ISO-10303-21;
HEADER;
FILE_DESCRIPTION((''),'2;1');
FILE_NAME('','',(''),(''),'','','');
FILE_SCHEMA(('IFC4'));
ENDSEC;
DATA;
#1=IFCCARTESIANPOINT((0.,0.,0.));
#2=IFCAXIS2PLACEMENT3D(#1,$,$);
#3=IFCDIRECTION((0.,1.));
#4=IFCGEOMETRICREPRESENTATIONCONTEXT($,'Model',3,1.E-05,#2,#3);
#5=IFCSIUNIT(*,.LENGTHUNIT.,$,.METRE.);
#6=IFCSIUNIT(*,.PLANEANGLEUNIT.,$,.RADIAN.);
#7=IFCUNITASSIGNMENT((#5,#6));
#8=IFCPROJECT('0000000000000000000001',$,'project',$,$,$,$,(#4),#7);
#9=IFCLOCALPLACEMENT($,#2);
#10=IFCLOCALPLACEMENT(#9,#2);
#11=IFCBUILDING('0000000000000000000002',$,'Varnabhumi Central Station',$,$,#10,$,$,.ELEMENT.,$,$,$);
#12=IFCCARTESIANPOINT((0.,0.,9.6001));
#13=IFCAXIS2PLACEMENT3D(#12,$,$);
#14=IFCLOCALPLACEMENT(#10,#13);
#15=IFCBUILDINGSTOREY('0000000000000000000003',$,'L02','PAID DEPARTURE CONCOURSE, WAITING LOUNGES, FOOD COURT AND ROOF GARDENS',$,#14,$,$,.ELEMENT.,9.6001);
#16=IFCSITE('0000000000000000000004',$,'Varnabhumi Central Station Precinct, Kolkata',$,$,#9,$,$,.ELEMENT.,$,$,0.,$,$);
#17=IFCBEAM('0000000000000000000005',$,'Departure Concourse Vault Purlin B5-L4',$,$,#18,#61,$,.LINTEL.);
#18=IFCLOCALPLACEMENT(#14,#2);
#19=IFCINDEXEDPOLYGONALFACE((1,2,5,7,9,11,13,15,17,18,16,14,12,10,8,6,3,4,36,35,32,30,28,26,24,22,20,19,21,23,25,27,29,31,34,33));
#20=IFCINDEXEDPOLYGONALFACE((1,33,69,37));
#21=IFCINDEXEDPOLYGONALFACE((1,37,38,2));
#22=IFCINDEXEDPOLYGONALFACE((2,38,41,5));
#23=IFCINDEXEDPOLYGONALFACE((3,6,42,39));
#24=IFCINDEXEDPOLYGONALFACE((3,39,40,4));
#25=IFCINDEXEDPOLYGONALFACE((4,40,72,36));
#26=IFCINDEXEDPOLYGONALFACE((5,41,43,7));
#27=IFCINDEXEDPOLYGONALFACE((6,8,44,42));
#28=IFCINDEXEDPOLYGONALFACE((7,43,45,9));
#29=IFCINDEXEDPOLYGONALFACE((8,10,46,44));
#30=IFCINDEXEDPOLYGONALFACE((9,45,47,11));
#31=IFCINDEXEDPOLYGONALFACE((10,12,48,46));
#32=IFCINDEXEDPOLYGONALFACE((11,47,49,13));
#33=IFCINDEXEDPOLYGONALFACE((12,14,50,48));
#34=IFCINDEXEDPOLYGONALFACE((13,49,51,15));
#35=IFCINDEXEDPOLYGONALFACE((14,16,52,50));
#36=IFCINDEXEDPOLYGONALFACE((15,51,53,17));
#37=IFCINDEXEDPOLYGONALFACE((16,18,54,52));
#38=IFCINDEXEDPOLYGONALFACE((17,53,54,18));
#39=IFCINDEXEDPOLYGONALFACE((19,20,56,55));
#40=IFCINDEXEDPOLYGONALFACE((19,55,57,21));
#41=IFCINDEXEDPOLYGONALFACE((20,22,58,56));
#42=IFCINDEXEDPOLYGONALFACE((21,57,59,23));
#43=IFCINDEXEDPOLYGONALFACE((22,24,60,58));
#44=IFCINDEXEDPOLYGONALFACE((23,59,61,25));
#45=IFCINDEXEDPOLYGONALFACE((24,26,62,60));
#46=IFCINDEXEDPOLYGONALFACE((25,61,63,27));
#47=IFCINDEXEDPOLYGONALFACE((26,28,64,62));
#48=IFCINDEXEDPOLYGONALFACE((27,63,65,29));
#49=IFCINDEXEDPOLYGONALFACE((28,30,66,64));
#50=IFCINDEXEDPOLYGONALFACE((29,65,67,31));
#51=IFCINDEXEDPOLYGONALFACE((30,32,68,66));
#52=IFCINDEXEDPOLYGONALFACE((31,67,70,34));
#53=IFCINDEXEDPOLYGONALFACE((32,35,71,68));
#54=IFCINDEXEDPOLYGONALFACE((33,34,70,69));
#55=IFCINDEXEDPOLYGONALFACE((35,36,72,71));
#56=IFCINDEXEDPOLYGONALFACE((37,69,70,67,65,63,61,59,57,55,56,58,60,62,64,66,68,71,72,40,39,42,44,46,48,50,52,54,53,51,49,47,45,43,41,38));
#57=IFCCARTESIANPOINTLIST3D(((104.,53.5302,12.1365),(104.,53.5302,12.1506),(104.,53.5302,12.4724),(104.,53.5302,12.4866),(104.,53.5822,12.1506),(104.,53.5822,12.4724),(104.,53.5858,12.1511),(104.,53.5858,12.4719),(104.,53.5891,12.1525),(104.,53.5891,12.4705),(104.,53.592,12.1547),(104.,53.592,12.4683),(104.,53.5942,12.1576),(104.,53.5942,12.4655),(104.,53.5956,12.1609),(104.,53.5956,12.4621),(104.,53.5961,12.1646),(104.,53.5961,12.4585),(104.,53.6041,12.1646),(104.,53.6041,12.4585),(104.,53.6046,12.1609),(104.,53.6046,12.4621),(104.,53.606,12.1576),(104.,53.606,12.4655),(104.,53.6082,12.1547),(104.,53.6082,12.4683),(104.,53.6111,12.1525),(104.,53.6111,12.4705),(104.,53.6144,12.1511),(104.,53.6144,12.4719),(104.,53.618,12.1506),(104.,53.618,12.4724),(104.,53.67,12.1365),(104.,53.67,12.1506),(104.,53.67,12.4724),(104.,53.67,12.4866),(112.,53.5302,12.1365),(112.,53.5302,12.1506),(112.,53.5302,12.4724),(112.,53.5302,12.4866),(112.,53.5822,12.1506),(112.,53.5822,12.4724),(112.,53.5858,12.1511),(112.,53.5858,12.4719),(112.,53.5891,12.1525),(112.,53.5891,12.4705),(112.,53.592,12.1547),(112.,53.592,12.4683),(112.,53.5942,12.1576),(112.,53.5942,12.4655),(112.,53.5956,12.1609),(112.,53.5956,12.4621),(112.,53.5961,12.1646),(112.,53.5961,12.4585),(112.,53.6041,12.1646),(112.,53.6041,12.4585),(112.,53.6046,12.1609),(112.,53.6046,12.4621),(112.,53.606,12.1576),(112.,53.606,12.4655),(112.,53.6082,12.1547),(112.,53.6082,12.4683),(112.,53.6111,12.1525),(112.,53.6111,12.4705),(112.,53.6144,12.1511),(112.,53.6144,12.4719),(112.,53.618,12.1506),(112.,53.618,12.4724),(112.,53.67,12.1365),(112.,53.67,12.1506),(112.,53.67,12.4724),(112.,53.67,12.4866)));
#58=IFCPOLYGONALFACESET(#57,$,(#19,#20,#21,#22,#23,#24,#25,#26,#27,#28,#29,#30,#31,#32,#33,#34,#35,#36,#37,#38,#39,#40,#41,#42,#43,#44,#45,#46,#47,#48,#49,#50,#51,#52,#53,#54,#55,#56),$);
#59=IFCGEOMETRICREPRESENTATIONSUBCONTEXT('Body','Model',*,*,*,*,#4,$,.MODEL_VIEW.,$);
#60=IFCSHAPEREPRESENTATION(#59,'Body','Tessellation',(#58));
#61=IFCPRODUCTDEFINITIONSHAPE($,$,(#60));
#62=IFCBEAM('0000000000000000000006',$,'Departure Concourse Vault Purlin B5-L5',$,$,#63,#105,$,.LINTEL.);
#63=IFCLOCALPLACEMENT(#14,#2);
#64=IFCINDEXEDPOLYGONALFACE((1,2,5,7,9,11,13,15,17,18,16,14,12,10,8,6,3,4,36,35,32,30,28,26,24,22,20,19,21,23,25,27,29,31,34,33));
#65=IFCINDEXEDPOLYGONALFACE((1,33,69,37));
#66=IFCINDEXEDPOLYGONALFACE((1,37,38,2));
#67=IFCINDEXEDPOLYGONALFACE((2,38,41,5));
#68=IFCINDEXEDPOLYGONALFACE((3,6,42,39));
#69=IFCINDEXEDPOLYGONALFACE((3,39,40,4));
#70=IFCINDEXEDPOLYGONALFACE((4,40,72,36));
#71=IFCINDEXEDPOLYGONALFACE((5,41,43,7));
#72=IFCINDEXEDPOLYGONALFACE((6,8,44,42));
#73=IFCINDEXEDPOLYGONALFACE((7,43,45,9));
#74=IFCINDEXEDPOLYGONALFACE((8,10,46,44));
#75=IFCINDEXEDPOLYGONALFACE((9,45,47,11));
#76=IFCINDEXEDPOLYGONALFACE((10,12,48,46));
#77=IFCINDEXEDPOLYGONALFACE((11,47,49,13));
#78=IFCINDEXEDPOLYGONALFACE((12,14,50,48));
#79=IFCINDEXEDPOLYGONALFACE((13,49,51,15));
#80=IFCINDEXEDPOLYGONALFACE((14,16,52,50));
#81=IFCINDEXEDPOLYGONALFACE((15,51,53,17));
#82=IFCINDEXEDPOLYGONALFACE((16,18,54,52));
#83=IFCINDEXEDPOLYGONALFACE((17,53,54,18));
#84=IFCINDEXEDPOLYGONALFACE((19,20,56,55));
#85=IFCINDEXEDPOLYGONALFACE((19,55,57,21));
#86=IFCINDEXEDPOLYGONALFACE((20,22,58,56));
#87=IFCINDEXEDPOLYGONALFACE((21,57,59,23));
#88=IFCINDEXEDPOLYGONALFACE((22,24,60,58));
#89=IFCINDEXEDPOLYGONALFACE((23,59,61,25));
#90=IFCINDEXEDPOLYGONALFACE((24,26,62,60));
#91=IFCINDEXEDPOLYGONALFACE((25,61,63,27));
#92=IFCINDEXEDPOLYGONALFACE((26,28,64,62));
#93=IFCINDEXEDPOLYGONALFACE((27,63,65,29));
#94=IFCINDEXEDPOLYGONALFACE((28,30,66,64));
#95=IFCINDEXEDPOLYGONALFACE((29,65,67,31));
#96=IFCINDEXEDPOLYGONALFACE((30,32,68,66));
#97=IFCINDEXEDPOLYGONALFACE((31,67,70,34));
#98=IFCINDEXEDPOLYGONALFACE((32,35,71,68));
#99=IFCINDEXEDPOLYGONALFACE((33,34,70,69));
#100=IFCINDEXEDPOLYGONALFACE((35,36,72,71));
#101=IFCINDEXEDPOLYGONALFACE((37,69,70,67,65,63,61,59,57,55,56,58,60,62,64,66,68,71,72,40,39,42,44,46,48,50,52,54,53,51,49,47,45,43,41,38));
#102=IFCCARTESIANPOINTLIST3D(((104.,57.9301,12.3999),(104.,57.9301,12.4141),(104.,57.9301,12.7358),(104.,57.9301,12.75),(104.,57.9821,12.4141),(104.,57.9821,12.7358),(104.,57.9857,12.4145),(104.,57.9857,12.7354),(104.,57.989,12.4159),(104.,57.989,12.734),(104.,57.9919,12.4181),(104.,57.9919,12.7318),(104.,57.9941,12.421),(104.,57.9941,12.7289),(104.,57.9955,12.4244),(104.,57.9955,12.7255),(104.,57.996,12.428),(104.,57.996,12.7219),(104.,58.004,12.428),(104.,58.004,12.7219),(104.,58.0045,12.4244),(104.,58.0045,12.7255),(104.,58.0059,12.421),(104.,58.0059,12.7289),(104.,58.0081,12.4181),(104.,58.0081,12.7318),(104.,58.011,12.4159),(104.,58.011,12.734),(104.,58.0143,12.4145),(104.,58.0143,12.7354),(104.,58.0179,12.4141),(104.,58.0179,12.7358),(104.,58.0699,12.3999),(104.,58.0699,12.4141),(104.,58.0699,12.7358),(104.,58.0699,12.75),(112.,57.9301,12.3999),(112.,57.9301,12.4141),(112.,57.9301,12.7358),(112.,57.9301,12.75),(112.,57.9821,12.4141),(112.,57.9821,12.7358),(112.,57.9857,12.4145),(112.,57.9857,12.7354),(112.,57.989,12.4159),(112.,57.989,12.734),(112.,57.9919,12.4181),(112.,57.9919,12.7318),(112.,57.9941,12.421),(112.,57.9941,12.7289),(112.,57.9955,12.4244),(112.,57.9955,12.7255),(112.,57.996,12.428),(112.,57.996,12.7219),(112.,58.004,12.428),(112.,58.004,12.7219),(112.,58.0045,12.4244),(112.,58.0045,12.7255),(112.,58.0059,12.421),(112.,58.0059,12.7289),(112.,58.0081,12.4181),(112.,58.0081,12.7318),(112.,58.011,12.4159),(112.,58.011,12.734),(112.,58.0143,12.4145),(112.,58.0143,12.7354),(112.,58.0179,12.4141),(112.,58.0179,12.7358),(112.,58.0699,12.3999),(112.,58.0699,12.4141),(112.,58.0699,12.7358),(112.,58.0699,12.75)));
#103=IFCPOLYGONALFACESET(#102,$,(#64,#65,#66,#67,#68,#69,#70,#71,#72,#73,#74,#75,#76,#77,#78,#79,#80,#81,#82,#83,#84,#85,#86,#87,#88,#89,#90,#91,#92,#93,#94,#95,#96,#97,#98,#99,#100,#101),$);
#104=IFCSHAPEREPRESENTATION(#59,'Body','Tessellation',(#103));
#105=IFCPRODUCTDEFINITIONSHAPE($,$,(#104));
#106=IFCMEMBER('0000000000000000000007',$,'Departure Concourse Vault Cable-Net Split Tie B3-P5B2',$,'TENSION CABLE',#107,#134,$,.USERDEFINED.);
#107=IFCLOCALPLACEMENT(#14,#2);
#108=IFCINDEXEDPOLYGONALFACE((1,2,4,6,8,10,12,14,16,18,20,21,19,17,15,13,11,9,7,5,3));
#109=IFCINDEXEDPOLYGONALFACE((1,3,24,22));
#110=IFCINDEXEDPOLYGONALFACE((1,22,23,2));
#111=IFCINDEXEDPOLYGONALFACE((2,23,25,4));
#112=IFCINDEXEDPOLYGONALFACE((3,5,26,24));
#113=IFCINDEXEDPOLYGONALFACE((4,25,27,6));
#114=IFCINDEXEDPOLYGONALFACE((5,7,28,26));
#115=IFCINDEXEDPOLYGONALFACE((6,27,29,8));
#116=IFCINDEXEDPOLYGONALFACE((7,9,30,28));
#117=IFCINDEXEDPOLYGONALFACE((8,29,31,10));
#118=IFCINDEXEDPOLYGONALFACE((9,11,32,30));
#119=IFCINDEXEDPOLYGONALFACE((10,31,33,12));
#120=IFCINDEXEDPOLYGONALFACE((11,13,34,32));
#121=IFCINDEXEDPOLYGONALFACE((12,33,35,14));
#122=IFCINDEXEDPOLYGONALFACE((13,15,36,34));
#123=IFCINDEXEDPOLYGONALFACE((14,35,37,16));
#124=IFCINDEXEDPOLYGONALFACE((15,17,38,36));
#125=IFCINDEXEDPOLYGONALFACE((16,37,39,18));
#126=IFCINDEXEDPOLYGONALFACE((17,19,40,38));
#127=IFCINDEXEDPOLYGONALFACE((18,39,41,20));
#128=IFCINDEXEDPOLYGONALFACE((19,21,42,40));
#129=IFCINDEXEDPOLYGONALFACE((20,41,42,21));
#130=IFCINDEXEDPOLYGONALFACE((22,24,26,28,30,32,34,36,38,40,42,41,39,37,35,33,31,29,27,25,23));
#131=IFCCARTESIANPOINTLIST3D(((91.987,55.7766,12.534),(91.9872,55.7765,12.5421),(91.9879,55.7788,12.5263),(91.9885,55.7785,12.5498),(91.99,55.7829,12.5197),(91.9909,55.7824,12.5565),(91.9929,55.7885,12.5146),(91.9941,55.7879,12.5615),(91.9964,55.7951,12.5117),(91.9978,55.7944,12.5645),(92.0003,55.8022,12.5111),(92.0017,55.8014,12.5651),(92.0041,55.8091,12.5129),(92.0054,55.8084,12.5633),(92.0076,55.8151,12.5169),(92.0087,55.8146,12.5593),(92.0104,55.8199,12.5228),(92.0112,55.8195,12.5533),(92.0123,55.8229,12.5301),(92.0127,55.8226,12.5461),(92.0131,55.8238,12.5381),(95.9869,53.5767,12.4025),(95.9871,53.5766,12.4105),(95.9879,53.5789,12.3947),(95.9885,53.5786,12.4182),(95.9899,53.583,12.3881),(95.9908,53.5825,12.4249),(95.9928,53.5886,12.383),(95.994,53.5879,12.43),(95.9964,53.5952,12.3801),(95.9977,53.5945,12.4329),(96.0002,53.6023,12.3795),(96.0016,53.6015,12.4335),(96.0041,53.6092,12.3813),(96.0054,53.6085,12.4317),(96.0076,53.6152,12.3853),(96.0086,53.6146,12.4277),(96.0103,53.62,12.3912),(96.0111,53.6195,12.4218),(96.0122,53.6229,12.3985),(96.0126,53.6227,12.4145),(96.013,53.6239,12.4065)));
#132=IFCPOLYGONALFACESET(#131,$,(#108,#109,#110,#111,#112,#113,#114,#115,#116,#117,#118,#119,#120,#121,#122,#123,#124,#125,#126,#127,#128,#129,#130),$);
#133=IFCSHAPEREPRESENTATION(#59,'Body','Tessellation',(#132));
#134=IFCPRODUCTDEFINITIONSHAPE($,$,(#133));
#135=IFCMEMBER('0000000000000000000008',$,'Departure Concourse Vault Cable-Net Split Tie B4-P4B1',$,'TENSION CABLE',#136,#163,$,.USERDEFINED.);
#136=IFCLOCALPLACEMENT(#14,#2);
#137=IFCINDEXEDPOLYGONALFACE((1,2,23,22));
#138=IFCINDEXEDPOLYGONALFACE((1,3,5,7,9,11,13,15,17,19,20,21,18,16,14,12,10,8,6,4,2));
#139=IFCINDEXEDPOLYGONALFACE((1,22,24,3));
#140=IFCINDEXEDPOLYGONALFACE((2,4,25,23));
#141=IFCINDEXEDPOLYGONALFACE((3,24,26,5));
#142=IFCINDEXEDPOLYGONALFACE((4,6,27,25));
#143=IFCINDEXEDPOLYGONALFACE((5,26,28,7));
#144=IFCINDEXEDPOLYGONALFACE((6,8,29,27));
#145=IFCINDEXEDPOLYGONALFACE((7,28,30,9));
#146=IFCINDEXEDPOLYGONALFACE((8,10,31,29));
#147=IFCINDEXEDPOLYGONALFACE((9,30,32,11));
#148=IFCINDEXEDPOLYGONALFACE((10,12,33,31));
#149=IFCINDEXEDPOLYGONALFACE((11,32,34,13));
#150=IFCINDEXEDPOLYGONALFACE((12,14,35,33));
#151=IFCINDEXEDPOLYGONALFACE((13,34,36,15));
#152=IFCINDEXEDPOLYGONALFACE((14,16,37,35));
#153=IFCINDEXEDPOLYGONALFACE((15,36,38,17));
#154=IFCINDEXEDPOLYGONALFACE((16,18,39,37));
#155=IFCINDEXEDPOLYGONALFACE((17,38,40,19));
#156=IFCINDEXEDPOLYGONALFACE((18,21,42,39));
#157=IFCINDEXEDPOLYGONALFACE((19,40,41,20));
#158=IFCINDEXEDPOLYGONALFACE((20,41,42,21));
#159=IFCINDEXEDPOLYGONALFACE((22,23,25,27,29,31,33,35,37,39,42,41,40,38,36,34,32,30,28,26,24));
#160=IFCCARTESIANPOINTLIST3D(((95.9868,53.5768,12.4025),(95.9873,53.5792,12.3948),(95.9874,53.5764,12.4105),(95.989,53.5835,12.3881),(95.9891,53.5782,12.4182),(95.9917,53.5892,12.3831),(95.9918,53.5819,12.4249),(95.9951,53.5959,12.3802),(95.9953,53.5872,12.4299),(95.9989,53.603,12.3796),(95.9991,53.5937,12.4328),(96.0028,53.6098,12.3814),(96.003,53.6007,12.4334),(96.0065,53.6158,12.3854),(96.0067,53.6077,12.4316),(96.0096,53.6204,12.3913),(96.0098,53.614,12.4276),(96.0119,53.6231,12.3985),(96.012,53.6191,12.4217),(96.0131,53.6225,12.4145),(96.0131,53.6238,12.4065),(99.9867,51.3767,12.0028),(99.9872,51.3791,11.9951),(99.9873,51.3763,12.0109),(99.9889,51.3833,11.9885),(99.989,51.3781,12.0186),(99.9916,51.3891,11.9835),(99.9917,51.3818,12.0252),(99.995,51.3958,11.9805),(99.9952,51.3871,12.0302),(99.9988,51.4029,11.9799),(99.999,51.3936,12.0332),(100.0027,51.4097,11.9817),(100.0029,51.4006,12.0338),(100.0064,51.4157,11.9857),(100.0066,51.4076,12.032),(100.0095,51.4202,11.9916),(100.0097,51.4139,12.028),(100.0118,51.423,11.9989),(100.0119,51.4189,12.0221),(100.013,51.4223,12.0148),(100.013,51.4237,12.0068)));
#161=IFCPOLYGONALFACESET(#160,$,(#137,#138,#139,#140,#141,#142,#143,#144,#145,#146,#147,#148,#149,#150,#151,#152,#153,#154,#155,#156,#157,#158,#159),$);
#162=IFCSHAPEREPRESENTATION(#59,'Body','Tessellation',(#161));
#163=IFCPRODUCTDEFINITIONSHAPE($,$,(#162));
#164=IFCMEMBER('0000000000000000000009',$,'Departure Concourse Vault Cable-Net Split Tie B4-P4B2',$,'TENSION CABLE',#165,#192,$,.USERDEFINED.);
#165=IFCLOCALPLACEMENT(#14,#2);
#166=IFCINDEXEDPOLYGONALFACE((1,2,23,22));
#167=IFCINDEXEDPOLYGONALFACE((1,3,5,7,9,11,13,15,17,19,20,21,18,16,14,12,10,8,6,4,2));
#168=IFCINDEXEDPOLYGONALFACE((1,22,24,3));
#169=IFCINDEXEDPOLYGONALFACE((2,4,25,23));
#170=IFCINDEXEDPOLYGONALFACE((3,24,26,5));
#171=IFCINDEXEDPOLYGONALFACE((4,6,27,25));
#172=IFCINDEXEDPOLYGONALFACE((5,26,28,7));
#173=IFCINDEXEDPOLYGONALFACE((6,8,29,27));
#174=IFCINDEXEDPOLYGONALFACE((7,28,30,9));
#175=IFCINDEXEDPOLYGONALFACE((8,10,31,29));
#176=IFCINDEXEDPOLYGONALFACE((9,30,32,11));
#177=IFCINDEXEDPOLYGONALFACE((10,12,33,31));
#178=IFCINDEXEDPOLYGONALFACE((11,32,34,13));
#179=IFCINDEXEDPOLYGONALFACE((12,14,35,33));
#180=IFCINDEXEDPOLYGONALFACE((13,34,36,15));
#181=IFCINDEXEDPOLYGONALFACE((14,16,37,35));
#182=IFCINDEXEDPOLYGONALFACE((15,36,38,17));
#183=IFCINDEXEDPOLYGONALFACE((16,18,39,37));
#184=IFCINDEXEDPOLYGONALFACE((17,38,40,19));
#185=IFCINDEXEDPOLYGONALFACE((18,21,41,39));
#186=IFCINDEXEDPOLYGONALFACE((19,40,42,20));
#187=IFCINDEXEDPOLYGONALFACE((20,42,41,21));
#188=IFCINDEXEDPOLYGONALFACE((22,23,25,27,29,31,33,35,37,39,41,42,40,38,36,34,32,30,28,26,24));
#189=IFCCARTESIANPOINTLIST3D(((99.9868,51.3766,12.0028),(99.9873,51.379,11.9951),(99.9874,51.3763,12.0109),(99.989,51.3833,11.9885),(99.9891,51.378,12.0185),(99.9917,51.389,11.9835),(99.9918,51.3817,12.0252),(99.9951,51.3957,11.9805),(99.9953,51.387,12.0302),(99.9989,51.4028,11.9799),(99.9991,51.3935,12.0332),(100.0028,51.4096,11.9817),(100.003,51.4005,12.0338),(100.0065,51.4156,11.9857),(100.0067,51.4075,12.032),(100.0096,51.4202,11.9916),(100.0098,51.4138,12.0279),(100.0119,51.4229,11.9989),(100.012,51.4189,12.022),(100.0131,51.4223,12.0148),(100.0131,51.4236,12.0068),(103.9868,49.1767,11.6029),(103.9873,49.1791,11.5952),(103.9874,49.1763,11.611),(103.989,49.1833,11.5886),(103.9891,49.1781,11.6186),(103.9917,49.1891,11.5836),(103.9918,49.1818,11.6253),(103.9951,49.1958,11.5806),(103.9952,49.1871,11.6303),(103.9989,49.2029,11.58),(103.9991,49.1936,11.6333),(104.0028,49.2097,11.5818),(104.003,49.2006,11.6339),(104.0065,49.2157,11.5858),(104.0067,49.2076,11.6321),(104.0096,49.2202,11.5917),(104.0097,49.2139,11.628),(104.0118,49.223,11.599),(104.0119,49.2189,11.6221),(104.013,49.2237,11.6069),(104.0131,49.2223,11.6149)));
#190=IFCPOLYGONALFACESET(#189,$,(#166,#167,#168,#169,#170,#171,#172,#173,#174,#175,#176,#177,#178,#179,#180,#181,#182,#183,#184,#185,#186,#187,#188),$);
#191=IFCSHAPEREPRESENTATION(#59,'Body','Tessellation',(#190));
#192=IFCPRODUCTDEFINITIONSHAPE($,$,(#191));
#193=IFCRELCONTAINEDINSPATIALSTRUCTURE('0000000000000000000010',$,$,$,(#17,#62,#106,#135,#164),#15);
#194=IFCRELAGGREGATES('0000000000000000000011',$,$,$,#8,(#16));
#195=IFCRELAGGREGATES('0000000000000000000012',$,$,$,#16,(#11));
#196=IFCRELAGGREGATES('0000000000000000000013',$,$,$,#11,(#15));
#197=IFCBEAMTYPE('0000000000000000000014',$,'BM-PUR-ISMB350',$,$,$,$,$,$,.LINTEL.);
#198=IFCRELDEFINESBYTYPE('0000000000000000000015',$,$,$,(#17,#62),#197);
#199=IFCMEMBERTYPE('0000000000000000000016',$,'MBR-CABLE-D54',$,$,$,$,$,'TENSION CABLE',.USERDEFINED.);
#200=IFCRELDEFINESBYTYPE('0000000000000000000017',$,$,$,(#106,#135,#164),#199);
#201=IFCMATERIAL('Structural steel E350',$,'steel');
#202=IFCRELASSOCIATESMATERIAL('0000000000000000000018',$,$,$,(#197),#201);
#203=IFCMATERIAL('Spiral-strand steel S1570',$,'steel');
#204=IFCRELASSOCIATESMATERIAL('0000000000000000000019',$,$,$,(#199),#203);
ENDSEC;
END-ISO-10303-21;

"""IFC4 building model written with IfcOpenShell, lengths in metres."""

from ifc_helpers import new_model, si_unit, direction, frame, origin, origin_2d, place, context, subcontext, project, spatial, circle, i_section, extrude, material, material_profile, profile_set, type_object, element, save


model = new_model("IFC4")

# Units and contexts
model_context = context("Model", 3, precision=1e-05, world=origin(), true_north=direction((0.0, 1.0)))
body_context = subcontext(model_context, "Body", "Model", "MODEL_VIEW")
ifc_project = project(units=[si_unit("LENGTHUNIT", "METRE"), si_unit("PLANEANGLEUNIT", "RADIAN")], contexts=[model_context])

# Site, building, storey
site_placement = place(None, origin())
site = spatial("IfcSite", under=ifc_project, at=site_placement, Name="Varnabhumi Central Station Precinct, Kolkata", CompositionType="ELEMENT", RefElevation=0.0)
building_placement = place(site_placement, origin())
building = spatial("IfcBuilding", under=site, at=building_placement, Name="Varnabhumi Central Station", CompositionType="ELEMENT")
storey_placement = place(building_placement, frame((0.0, 0.0, 9.6001)))
storey = spatial("IfcBuildingStorey", under=building, at=storey_placement, Name="L02", Description="PAID DEPARTURE CONCOURSE, WAITING LOUNGES, FOOD COURT AND ROOF GARDENS", CompositionType="ELEMENT", Elevation=9.6001)

# Beams
ifc_material_1 = material(Name="Structural steel E350", Category="steel")
ifc_material_profile_1 = material_profile(ifc_material_1, i_section(OverallWidth=0.1399, OverallDepth=0.3501, WebThickness=0.0081, FlangeThickness=0.0142, FilletRadius=0.0139, at=origin_2d()), Name="Structural steel E350", Category="steel")
ifc_profile_set_1 = profile_set([ifc_material_profile_1], Name="Structural steel E350")
beam_type_1 = type_object("IfcBeamType", Name="BM-PUR-ISMB350", PredefinedType="LINTEL", material=ifc_profile_set_1)
for number, where, z_axis, x_axis, name in (
    (1, (104.0, 53.6001, 12.3115), (1.0, 0.0, 0.0), (0.0, 1.0, 0.0), "Departure Concourse Vault Purlin B5-L4"),
    (2, (104.0, 58.0, 12.575), (1.0, 0.0, 0.0), (0.0, 1.0, 0.0), "Departure Concourse Vault Purlin B5-L5"),
):
    element("IfcBeam", number, at=place(storey_placement, frame(where, z_axis=z_axis, x_axis=x_axis)), inside=storey, type_object=beam_type_1, Name=name, PredefinedType="LINTEL", context=body_context, shape_type="SweptSolid", body=[
        extrude(i_section(OverallWidth=0.1399, OverallDepth=0.3501, WebThickness=0.0081, FlangeThickness=0.0142, FilletRadius=0.0139, at=origin_2d()), origin(), (0.0, 0.0, 1.0), 8.0),
    ])

# Members
ifc_material_2 = material(Name="Spiral-strand steel S1570", Category="steel")
ifc_material_profile_2 = material_profile(ifc_material_2, circle(Radius=0.0271, at=origin_2d()), Name="Spiral-strand steel S1570", Category="steel")
ifc_profile_set_2 = profile_set([ifc_material_profile_2], Name="Spiral-strand steel S1570")
member_type = type_object("IfcMemberType", Name="MBR-CABLE-D54", ElementType="TENSION CABLE", PredefinedType="USERDEFINED", material=ifc_profile_set_2)
member_1_placement = place(storey_placement, frame((92.0, 55.8, 12.5381), z_axis=(0.875857, -0.48171, -0.028814), x_axis=(0.481911, 0.87622, 0.0)))
element("IfcMember", 3, at=member_1_placement, inside=storey, type_object=member_type, Name="Departure Concourse Vault Cable-Net Split Tie B3-P5B2", ObjectType="TENSION CABLE", PredefinedType="USERDEFINED", context=body_context, shape_type="SweptSolid", body=[
    extrude(circle(Radius=0.0271, at=origin_2d()), origin(), (0.0, 0.0, 1.0), 4.5669),
])
for number, where, z_axis, x_axis, name in (
    (4, (96.0, 53.6001, 12.4065), (0.872859, -0.480115, -0.087211), (0.481952, 0.876198, 0.0), "Departure Concourse Vault Cable-Net Split Tie B4-P4B1"),
    (5, (100.0, 51.3999, 12.0068), (0.872878, -0.480072, -0.087266), (0.481911, 0.87622, 0.0), "Departure Concourse Vault Cable-Net Split Tie B4-P4B2"),
):
    element("IfcMember", number, at=place(storey_placement, frame(where, z_axis=z_axis, x_axis=x_axis)), inside=storey, type_object=member_type, Name=name, ObjectType="TENSION CABLE", PredefinedType="USERDEFINED", context=body_context, shape_type="SweptSolid", body=[
        extrude(circle(Radius=0.0271, at=origin_2d()), origin(), (0.0, 0.0, 1.0), 4.5825),
    ])

save(model, "model.ifc")
